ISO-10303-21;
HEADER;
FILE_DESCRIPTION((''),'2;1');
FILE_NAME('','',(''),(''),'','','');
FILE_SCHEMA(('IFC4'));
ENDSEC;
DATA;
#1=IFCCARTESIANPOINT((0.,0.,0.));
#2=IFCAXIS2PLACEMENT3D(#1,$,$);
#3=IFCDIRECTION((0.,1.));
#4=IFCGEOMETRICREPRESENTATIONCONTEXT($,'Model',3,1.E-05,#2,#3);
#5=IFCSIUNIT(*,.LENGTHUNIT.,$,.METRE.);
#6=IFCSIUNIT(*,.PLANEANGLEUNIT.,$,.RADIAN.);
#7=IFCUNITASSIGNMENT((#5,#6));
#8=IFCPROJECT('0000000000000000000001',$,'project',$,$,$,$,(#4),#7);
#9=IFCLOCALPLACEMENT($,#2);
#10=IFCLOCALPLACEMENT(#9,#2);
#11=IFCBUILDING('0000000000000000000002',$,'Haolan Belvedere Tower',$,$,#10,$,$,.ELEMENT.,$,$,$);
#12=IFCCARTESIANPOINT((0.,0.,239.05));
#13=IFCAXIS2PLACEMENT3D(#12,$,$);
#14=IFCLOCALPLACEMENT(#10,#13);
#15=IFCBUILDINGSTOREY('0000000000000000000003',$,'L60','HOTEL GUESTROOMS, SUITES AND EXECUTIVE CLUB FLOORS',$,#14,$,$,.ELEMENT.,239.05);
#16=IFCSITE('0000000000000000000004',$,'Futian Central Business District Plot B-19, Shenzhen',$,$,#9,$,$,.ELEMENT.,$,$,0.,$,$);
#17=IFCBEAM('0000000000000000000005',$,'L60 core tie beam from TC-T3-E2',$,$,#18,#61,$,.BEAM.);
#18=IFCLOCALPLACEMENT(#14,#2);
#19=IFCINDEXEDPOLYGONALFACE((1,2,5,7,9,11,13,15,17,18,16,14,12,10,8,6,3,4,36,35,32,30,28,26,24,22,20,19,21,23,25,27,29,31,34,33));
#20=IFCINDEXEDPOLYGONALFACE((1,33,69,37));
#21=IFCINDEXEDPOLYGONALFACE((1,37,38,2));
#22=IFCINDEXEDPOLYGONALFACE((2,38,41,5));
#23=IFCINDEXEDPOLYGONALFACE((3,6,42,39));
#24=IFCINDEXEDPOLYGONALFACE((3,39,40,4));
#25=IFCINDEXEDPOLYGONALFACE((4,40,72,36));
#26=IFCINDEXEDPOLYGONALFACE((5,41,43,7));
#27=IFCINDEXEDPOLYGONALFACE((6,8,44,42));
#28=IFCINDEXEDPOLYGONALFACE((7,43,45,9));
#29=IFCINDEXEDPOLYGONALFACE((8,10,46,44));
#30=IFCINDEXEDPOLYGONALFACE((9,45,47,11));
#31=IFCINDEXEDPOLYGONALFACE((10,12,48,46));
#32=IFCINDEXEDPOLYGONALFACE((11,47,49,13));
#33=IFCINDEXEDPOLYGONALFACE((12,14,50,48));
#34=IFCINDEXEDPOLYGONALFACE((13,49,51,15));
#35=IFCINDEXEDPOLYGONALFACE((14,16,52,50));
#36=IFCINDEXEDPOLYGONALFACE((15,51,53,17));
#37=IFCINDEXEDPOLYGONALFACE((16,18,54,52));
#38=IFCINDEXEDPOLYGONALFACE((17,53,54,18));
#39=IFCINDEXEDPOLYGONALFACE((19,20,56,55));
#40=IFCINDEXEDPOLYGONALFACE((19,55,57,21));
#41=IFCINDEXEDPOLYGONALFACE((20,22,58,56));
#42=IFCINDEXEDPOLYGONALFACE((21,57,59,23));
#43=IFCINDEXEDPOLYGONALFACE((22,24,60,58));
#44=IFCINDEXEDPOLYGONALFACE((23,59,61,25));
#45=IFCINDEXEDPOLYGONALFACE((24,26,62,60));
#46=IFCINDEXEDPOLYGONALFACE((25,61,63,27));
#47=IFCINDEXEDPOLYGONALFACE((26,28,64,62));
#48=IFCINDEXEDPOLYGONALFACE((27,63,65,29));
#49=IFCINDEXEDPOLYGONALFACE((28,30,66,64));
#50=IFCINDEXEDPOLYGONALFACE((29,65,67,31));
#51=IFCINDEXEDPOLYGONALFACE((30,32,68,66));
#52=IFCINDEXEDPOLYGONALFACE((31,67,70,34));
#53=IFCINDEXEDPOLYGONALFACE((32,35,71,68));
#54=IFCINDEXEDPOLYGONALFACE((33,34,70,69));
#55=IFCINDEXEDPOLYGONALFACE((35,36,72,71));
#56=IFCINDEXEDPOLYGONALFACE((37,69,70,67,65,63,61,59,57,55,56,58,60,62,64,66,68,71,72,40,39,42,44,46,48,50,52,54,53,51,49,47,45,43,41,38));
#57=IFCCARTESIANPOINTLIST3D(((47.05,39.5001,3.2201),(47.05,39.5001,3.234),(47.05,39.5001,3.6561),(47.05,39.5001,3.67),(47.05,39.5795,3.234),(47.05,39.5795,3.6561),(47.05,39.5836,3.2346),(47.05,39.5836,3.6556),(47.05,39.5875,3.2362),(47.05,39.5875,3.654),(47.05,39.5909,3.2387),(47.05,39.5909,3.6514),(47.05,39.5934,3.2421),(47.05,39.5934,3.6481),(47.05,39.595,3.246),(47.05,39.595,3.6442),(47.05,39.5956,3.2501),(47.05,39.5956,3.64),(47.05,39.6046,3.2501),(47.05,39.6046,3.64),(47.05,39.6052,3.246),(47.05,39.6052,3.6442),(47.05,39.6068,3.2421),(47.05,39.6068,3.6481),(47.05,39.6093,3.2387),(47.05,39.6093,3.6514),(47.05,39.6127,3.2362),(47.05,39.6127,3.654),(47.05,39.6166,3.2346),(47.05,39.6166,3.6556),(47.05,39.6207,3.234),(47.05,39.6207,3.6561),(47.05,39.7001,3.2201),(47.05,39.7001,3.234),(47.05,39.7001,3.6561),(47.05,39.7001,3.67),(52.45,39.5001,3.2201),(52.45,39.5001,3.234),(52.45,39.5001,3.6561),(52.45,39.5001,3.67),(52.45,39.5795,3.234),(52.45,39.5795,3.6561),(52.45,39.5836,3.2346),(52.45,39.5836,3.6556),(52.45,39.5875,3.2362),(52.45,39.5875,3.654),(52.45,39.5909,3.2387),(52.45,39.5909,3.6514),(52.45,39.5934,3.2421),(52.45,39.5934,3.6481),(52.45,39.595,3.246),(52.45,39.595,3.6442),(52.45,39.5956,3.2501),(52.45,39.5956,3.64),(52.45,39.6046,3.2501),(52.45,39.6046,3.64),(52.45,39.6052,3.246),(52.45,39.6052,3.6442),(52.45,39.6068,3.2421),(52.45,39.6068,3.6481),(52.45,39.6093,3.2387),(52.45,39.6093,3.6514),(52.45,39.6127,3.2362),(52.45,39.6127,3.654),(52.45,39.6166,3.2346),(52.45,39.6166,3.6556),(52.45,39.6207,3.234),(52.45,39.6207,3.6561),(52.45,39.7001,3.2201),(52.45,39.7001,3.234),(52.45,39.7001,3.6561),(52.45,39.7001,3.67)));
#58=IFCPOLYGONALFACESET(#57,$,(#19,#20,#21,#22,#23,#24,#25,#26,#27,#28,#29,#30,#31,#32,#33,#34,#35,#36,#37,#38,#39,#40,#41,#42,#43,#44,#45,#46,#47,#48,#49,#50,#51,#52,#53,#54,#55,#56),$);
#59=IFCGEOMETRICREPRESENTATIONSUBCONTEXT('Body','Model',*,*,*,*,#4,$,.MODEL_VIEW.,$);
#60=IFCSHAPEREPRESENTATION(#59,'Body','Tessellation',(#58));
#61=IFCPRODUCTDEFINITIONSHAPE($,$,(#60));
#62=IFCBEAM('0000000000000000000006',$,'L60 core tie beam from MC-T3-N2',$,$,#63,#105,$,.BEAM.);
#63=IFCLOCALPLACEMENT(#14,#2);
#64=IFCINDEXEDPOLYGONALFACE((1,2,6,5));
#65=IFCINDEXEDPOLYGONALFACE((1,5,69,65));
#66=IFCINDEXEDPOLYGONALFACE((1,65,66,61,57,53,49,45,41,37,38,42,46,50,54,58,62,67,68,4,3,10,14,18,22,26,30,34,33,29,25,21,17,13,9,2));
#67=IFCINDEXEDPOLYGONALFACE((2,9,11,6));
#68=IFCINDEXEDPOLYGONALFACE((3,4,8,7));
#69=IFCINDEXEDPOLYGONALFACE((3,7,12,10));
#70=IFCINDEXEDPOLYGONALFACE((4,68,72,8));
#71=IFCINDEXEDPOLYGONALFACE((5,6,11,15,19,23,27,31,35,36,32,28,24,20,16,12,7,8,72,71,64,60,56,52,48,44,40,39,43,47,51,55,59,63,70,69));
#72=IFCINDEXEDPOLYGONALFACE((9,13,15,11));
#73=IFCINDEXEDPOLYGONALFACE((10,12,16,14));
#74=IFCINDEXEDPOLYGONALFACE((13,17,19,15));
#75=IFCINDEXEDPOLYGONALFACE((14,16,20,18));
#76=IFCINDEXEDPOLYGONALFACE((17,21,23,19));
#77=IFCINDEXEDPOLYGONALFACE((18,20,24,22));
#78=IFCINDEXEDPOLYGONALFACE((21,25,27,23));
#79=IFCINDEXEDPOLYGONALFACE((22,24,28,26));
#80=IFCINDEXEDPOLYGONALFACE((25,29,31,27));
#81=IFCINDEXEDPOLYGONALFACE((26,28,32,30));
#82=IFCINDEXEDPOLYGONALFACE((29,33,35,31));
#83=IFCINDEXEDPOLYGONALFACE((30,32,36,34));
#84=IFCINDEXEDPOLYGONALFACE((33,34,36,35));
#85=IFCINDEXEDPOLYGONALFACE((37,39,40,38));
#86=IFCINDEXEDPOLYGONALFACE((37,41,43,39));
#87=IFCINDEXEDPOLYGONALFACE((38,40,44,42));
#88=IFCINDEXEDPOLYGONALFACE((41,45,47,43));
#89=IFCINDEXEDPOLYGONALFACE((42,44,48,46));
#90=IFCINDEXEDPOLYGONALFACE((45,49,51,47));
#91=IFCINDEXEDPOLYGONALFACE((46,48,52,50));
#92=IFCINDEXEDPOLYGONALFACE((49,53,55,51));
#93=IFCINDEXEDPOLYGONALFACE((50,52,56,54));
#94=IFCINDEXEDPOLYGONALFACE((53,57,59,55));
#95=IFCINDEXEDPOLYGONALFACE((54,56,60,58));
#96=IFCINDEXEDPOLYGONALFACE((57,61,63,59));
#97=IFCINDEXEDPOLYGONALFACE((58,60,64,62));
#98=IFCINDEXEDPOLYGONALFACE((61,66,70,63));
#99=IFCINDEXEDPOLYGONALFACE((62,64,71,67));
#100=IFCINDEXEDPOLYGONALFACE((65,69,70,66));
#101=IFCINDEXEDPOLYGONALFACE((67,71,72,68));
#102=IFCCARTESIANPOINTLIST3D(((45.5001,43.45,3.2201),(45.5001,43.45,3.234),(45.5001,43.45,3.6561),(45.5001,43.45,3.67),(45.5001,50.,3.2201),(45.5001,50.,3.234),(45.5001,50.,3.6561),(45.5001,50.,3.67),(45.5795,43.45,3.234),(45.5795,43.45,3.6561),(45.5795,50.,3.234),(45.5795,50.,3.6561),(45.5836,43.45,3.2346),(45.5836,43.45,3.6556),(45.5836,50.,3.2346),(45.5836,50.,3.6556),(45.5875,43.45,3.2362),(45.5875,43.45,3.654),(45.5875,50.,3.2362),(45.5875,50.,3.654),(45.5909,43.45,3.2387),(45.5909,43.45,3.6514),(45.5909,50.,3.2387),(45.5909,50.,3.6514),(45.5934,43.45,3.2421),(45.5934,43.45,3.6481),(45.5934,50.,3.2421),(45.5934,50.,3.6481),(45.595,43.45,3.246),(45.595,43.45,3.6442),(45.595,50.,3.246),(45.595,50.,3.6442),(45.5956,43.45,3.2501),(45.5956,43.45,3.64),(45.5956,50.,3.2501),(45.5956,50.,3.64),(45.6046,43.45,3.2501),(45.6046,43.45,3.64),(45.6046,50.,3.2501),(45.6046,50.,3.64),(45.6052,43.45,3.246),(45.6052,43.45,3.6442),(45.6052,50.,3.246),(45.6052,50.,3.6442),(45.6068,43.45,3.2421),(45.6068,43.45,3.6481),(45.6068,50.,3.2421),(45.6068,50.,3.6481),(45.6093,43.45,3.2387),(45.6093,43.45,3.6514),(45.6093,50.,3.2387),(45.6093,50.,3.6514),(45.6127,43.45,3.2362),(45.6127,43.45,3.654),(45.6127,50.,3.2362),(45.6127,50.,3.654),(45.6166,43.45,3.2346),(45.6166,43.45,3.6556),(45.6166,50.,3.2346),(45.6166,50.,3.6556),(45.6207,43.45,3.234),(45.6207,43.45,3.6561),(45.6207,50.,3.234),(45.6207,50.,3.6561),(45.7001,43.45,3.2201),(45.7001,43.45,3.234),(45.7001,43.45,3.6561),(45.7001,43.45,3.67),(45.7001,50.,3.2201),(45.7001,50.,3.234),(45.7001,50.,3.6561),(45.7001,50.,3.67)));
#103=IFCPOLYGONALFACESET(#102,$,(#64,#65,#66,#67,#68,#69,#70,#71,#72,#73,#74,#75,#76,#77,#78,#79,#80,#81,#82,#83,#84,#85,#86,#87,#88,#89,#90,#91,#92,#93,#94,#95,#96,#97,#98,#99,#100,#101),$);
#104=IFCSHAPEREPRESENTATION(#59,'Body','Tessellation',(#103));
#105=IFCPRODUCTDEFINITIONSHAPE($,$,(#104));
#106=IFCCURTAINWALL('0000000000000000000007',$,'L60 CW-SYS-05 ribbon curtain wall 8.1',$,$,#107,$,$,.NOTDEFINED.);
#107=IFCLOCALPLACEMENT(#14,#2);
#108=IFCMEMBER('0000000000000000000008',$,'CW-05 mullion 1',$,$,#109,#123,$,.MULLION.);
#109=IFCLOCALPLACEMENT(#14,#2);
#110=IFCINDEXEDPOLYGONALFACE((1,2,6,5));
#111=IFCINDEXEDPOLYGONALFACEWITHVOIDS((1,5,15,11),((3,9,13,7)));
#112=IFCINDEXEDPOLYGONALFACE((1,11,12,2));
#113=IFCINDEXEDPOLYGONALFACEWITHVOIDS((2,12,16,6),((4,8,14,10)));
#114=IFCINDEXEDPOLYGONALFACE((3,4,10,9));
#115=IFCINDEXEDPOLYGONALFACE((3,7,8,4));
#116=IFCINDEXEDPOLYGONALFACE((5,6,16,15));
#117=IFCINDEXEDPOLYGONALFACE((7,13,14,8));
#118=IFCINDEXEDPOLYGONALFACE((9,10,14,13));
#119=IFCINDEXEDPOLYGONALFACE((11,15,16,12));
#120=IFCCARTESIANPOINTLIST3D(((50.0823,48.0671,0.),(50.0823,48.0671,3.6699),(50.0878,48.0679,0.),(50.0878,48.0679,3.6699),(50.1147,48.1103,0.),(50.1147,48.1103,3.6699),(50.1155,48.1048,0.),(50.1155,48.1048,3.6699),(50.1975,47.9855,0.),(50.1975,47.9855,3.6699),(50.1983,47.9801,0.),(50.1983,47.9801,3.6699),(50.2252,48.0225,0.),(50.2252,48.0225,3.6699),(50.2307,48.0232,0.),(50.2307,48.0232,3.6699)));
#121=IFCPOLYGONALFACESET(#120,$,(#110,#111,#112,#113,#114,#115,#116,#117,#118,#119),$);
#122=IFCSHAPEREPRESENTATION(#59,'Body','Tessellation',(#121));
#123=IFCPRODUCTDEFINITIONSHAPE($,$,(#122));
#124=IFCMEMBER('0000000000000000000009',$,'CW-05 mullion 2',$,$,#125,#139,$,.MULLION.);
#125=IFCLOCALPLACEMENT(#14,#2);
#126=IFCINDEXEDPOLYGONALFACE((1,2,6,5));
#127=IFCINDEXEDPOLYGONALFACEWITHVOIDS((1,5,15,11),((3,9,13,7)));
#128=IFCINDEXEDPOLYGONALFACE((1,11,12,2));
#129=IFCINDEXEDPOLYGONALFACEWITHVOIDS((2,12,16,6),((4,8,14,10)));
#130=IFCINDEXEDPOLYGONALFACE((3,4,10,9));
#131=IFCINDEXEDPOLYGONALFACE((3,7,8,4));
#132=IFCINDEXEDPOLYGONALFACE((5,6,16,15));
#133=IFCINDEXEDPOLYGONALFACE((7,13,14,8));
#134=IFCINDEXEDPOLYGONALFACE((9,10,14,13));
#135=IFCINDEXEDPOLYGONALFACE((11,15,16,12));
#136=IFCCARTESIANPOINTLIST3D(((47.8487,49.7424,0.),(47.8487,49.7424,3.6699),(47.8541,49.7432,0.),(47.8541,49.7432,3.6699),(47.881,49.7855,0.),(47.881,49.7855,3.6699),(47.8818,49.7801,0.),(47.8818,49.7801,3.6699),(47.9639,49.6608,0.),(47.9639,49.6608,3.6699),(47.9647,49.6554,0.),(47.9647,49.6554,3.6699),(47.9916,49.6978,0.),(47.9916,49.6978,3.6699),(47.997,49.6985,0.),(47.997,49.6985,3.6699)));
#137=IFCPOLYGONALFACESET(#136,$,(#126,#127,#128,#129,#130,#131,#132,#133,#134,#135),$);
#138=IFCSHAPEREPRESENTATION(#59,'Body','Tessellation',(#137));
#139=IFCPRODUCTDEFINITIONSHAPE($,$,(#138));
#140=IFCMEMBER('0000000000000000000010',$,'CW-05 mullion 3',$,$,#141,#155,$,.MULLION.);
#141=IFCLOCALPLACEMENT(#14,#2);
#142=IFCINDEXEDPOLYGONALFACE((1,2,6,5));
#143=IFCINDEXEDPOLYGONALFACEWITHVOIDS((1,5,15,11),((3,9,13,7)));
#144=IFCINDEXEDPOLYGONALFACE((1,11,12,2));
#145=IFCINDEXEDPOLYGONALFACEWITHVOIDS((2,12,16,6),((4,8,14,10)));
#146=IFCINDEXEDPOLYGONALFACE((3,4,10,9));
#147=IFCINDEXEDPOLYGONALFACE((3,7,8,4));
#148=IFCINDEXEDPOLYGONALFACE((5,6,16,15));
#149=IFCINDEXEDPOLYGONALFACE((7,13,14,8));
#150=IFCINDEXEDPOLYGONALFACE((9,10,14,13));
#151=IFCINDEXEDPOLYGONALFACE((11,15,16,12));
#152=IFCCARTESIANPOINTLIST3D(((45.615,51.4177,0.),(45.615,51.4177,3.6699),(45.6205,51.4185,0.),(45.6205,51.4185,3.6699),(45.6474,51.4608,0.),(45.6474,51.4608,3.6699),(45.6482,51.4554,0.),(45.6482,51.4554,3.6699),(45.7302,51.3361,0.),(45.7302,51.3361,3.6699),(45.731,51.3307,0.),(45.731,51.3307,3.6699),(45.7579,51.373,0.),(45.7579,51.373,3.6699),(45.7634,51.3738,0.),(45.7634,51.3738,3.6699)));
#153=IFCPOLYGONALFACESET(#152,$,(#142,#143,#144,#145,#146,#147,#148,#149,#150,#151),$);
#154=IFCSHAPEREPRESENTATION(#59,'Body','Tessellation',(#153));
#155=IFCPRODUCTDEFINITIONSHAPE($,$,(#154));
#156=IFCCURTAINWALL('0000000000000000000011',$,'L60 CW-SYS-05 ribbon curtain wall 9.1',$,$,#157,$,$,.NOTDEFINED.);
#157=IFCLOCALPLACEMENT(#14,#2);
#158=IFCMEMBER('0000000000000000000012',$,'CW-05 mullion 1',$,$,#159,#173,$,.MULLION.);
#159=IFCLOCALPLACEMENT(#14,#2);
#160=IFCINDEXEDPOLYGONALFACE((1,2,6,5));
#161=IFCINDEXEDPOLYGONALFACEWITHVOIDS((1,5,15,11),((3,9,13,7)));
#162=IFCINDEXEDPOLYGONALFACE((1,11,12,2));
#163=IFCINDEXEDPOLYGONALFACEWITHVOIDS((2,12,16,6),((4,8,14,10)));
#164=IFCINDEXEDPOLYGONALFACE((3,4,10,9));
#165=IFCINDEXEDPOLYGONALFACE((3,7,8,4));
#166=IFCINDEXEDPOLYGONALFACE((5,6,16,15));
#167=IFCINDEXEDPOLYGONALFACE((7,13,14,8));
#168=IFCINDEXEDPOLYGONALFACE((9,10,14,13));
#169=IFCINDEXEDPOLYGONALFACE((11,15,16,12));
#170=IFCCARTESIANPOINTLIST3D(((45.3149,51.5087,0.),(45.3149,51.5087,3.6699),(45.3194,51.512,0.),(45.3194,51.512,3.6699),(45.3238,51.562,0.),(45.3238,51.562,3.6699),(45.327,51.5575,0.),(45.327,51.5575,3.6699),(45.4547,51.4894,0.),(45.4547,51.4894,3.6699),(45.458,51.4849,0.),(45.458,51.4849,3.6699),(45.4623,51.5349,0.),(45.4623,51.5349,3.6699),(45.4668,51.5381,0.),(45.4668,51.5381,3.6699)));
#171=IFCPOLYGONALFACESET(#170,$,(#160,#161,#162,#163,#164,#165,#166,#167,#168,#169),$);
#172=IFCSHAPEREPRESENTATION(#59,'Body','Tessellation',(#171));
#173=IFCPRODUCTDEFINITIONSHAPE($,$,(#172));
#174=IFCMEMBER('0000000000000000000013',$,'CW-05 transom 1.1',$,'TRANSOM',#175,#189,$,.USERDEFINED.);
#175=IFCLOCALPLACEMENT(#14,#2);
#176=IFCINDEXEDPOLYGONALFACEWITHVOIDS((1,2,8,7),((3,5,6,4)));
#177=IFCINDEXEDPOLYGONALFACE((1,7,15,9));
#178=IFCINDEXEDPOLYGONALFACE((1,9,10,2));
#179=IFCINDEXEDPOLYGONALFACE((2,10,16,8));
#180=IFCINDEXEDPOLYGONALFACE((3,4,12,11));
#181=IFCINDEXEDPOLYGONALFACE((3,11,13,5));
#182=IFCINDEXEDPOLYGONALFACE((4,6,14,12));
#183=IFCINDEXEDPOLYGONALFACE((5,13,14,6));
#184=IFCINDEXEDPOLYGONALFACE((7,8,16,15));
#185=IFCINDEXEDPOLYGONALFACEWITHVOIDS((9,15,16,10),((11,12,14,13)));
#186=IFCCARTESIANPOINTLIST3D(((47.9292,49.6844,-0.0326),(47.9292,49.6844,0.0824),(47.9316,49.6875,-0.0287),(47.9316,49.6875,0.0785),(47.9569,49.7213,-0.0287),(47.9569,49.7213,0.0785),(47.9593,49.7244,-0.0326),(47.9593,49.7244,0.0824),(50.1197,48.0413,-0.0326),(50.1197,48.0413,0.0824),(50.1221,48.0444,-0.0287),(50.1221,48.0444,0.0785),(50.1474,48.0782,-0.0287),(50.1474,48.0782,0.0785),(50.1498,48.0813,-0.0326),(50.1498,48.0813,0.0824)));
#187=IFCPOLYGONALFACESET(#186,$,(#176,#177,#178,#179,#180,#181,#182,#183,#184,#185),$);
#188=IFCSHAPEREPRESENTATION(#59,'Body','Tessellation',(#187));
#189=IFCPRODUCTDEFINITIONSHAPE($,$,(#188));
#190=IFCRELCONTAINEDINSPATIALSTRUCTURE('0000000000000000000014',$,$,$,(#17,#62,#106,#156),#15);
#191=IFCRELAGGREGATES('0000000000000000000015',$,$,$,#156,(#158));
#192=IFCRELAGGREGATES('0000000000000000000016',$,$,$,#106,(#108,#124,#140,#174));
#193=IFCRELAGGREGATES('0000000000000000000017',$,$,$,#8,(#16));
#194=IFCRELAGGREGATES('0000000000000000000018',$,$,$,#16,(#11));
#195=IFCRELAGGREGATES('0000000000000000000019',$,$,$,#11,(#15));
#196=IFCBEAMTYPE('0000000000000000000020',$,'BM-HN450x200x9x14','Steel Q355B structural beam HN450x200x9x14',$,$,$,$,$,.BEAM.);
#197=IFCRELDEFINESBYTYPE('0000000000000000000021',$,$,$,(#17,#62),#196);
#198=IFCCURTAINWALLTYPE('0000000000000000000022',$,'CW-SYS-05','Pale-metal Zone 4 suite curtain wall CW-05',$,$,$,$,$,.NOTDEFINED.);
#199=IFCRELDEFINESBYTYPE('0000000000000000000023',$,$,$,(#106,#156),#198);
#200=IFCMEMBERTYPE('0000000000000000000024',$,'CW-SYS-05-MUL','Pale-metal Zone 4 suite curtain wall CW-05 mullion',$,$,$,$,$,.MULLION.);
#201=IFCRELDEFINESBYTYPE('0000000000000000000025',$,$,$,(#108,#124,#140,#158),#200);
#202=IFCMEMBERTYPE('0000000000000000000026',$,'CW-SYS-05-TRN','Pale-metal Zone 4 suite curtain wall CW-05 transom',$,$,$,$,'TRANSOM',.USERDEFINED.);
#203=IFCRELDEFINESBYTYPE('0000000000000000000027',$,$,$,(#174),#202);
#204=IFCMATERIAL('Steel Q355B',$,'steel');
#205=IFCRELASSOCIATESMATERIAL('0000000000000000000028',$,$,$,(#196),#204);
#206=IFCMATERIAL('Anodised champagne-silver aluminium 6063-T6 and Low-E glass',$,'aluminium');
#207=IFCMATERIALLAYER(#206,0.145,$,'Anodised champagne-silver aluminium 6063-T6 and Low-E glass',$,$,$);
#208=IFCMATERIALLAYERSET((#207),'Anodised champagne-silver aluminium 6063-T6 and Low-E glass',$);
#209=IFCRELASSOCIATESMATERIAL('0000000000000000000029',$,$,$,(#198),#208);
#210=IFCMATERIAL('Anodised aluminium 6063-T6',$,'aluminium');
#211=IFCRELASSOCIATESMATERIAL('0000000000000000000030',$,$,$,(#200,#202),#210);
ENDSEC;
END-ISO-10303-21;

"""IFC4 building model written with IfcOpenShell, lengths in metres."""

from ifc_helpers import new_model, si_unit, direction, frame, origin, origin_2d, place, context, subcontext, project, spatial, hollow_rectangle, i_section, extrude, material, layer, layer_set, material_profile, profile_set, type_object, element, aggregate, save


model = new_model("IFC4")

# Units and contexts
model_context = context("Model", 3, precision=1e-05, world=origin(), true_north=direction((0.0, 1.0)))
body_context = subcontext(model_context, "Body", "Model", "MODEL_VIEW")
ifc_project = project(units=[si_unit("LENGTHUNIT", "METRE"), si_unit("PLANEANGLEUNIT", "RADIAN")], contexts=[model_context])

# Site, building, storey
site_placement = place(None, origin())
site = spatial("IfcSite", under=ifc_project, at=site_placement, Name="Futian Central Business District Plot B-19, Shenzhen", CompositionType="ELEMENT", RefElevation=0.0)
building_placement = place(site_placement, origin())
building = spatial("IfcBuilding", under=site, at=building_placement, Name="Haolan Belvedere Tower", CompositionType="ELEMENT")
storey_placement = place(building_placement, frame((0.0, 0.0, 239.05)))
storey = spatial("IfcBuildingStorey", under=building, at=storey_placement, Name="L60", Description="HOTEL GUESTROOMS, SUITES AND EXECUTIVE CLUB FLOORS", CompositionType="ELEMENT", Elevation=239.05)

# Beams
ifc_material_1 = material(Name="Steel Q355B", Category="steel")
ifc_material_profile_1 = material_profile(ifc_material_1, i_section(OverallWidth=0.2, OverallDepth=0.45, WebThickness=0.009, FlangeThickness=0.0139, FilletRadius=0.0161, at=origin_2d()), Name="Steel Q355B")
ifc_profile_set_1 = profile_set([ifc_material_profile_1], Name="Steel Q355B")
beam_type_1 = type_object("IfcBeamType", Name="BM-HN450x200x9x14", Description="Steel Q355B structural beam HN450x200x9x14", PredefinedType="BEAM", material=ifc_profile_set_1)
beam_1_placement = place(storey_placement, frame((52.45, 39.6001, 3.4451), z_axis=(-1.0, 0.0, 0.0), x_axis=(0.0, -1.0, 0.0)))
element("IfcBeam", 1, at=beam_1_placement, inside=storey, type_object=beam_type_1, Name="L60 core tie beam from TC-T3-E2", PredefinedType="BEAM", context=body_context, shape_type="SweptSolid", body=[
    extrude(i_section(OverallWidth=0.2, OverallDepth=0.45, WebThickness=0.009, FlangeThickness=0.0139, FilletRadius=0.0161, at=origin_2d()), origin(), (0.0, 0.0, 1.0), 5.3999),
])
beam_2_placement = place(storey_placement, frame((45.6001, 50.0, 3.4451), z_axis=(0.0, -1.0, 0.0), x_axis=(1.0, 0.0, 0.0)))
element("IfcBeam", 2, at=beam_2_placement, inside=storey, type_object=beam_type_1, Name="L60 core tie beam from MC-T3-N2", PredefinedType="BEAM", context=body_context, shape_type="SweptSolid", body=[
    extrude(i_section(OverallWidth=0.2, OverallDepth=0.45, WebThickness=0.009, FlangeThickness=0.0139, FilletRadius=0.0161, at=origin_2d()), origin(), (0.0, 0.0, 1.0), 6.55),
])

# Curtain wall, members
ifc_material_2 = material(Name="Anodised champagne-silver aluminium 6063-T6 and Low-E glass", Category="aluminium")
ifc_layer_1 = layer(ifc_material_2, 0.145, Name="Anodised champagne-silver aluminium 6063-T6 and Low-E glass")
ifc_layer_set_1 = layer_set([ifc_layer_1], Name="Anodised champagne-silver aluminium 6063-T6 and Low-E glass")
curtain_wall_type = type_object("IfcCurtainWallType", Name="CW-SYS-05", Description="Pale-metal Zone 4 suite curtain wall CW-05", PredefinedType="NOTDEFINED", material=ifc_layer_set_1)
curtain_wall_1_placement = place(storey_placement, origin())
curtain_wall_1 = element("IfcCurtainWall", 3, at=curtain_wall_1_placement, inside=storey, type_object=curtain_wall_type, Name="L60 CW-SYS-05 ribbon curtain wall 8.1", PredefinedType="NOTDEFINED")
ifc_material_3 = material(Name="Anodised aluminium 6063-T6", Category="aluminium")
ifc_material_profile_2 = material_profile(ifc_material_3, hollow_rectangle(XDim=0.054, YDim=0.145, WallThickness=0.0039, at=origin_2d()), Name="Anodised aluminium 6063-T6")
ifc_profile_set_2 = profile_set([ifc_material_profile_2], Name="Anodised aluminium 6063-T6")
member_type_1 = type_object("IfcMemberType", Name="CW-SYS-05-MUL", Description="Pale-metal Zone 4 suite curtain wall CW-05 mullion", PredefinedType="MULLION", material=ifc_profile_set_2)
member_1_placement = place(storey_placement, frame((50.1565, 48.0452, 0.0), z_axis=(0.0, 0.0, 1.0), x_axis=(-0.600003, -0.799998, 0.0)))
member_1 = element("IfcMember", 4, at=member_1_placement, type_object=member_type_1, Name="CW-05 mullion 1", PredefinedType="MULLION", context=body_context, shape_type="SweptSolid", body=[
    extrude(hollow_rectangle(XDim=0.054, YDim=0.145, WallThickness=0.0039, at=origin_2d()), origin(), (0.0, 0.0, 1.0), 3.6699),
])
member_2_placement = place(storey_placement, frame((47.9229, 49.7205, 0.0), z_axis=(0.0, 0.0, 1.0), x_axis=(-0.600003, -0.799998, 0.0)))
member_2 = element("IfcMember", 5, at=member_2_placement, type_object=member_type_1, Name="CW-05 mullion 2", PredefinedType="MULLION", context=body_context, shape_type="SweptSolid", body=[
    extrude(hollow_rectangle(XDim=0.054, YDim=0.145, WallThickness=0.0039, at=origin_2d()), origin(), (0.0, 0.0, 1.0), 3.6699),
])
member_3_placement = place(storey_placement, frame((45.6892, 51.3958, 0.0), z_axis=(0.0, 0.0, 1.0), x_axis=(-0.600003, -0.799998, 0.0)))
member_3 = element("IfcMember", 6, at=member_3_placement, type_object=member_type_1, Name="CW-05 mullion 3", PredefinedType="MULLION", context=body_context, shape_type="SweptSolid", body=[
    extrude(hollow_rectangle(XDim=0.054, YDim=0.145, WallThickness=0.0039, at=origin_2d()), origin(), (0.0, 0.0, 1.0), 3.6699),
])

# Curtain wall, member
curtain_wall_2_placement = place(storey_placement, origin())
curtain_wall_2 = element("IfcCurtainWall", 7, at=curtain_wall_2_placement, inside=storey, type_object=curtain_wall_type, Name="L60 CW-SYS-05 ribbon curtain wall 9.1", PredefinedType="NOTDEFINED")
member_4_placement = place(storey_placement, frame((45.3909, 51.5234, 0.0), z_axis=(0.0, 0.0, 1.0), x_axis=(-0.164406, -0.986393, 0.0)))
member_4 = element("IfcMember", 8, at=member_4_placement, type_object=member_type_1, Name="CW-05 mullion 1", PredefinedType="MULLION", context=body_context, shape_type="SweptSolid", body=[
    extrude(hollow_rectangle(XDim=0.054, YDim=0.145, WallThickness=0.0039, at=origin_2d()), origin(), (0.0, 0.0, 1.0), 3.6699),
])

# Member
ifc_material_profile_3 = material_profile(ifc_material_3, hollow_rectangle(XDim=0.05, YDim=0.115, WallThickness=0.0039, at=origin_2d()), Name="Anodised aluminium 6063-T6")
ifc_profile_set_3 = profile_set([ifc_material_profile_3], Name="Anodised aluminium 6063-T6")
member_type_2 = type_object("IfcMemberType", Name="CW-SYS-05-TRN", Description="Pale-metal Zone 4 suite curtain wall CW-05 transom", ElementType="TRANSOM", PredefinedType="USERDEFINED", material=ifc_profile_set_3)
member_5_placement = place(storey_placement, frame((50.1348, 48.0613, 0.0249), z_axis=(-0.799957, 0.600057, 0.0), x_axis=(-0.600057, -0.799957, 0.0)))
member_5 = element("IfcMember", 9, at=member_5_placement, type_object=member_type_2, Name="CW-05 transom 1.1", ObjectType="TRANSOM", PredefinedType="USERDEFINED", context=body_context, shape_type="SweptSolid", body=[
    extrude(hollow_rectangle(XDim=0.05, YDim=0.115, WallThickness=0.0039, at=origin_2d()), origin(), (0.0, 0.0, 1.0), 2.7383),
])
aggregate(curtain_wall_2, [member_4])

aggregate(curtain_wall_1, [member_1, member_2, member_3, member_5])

save(model, "model.ifc")
